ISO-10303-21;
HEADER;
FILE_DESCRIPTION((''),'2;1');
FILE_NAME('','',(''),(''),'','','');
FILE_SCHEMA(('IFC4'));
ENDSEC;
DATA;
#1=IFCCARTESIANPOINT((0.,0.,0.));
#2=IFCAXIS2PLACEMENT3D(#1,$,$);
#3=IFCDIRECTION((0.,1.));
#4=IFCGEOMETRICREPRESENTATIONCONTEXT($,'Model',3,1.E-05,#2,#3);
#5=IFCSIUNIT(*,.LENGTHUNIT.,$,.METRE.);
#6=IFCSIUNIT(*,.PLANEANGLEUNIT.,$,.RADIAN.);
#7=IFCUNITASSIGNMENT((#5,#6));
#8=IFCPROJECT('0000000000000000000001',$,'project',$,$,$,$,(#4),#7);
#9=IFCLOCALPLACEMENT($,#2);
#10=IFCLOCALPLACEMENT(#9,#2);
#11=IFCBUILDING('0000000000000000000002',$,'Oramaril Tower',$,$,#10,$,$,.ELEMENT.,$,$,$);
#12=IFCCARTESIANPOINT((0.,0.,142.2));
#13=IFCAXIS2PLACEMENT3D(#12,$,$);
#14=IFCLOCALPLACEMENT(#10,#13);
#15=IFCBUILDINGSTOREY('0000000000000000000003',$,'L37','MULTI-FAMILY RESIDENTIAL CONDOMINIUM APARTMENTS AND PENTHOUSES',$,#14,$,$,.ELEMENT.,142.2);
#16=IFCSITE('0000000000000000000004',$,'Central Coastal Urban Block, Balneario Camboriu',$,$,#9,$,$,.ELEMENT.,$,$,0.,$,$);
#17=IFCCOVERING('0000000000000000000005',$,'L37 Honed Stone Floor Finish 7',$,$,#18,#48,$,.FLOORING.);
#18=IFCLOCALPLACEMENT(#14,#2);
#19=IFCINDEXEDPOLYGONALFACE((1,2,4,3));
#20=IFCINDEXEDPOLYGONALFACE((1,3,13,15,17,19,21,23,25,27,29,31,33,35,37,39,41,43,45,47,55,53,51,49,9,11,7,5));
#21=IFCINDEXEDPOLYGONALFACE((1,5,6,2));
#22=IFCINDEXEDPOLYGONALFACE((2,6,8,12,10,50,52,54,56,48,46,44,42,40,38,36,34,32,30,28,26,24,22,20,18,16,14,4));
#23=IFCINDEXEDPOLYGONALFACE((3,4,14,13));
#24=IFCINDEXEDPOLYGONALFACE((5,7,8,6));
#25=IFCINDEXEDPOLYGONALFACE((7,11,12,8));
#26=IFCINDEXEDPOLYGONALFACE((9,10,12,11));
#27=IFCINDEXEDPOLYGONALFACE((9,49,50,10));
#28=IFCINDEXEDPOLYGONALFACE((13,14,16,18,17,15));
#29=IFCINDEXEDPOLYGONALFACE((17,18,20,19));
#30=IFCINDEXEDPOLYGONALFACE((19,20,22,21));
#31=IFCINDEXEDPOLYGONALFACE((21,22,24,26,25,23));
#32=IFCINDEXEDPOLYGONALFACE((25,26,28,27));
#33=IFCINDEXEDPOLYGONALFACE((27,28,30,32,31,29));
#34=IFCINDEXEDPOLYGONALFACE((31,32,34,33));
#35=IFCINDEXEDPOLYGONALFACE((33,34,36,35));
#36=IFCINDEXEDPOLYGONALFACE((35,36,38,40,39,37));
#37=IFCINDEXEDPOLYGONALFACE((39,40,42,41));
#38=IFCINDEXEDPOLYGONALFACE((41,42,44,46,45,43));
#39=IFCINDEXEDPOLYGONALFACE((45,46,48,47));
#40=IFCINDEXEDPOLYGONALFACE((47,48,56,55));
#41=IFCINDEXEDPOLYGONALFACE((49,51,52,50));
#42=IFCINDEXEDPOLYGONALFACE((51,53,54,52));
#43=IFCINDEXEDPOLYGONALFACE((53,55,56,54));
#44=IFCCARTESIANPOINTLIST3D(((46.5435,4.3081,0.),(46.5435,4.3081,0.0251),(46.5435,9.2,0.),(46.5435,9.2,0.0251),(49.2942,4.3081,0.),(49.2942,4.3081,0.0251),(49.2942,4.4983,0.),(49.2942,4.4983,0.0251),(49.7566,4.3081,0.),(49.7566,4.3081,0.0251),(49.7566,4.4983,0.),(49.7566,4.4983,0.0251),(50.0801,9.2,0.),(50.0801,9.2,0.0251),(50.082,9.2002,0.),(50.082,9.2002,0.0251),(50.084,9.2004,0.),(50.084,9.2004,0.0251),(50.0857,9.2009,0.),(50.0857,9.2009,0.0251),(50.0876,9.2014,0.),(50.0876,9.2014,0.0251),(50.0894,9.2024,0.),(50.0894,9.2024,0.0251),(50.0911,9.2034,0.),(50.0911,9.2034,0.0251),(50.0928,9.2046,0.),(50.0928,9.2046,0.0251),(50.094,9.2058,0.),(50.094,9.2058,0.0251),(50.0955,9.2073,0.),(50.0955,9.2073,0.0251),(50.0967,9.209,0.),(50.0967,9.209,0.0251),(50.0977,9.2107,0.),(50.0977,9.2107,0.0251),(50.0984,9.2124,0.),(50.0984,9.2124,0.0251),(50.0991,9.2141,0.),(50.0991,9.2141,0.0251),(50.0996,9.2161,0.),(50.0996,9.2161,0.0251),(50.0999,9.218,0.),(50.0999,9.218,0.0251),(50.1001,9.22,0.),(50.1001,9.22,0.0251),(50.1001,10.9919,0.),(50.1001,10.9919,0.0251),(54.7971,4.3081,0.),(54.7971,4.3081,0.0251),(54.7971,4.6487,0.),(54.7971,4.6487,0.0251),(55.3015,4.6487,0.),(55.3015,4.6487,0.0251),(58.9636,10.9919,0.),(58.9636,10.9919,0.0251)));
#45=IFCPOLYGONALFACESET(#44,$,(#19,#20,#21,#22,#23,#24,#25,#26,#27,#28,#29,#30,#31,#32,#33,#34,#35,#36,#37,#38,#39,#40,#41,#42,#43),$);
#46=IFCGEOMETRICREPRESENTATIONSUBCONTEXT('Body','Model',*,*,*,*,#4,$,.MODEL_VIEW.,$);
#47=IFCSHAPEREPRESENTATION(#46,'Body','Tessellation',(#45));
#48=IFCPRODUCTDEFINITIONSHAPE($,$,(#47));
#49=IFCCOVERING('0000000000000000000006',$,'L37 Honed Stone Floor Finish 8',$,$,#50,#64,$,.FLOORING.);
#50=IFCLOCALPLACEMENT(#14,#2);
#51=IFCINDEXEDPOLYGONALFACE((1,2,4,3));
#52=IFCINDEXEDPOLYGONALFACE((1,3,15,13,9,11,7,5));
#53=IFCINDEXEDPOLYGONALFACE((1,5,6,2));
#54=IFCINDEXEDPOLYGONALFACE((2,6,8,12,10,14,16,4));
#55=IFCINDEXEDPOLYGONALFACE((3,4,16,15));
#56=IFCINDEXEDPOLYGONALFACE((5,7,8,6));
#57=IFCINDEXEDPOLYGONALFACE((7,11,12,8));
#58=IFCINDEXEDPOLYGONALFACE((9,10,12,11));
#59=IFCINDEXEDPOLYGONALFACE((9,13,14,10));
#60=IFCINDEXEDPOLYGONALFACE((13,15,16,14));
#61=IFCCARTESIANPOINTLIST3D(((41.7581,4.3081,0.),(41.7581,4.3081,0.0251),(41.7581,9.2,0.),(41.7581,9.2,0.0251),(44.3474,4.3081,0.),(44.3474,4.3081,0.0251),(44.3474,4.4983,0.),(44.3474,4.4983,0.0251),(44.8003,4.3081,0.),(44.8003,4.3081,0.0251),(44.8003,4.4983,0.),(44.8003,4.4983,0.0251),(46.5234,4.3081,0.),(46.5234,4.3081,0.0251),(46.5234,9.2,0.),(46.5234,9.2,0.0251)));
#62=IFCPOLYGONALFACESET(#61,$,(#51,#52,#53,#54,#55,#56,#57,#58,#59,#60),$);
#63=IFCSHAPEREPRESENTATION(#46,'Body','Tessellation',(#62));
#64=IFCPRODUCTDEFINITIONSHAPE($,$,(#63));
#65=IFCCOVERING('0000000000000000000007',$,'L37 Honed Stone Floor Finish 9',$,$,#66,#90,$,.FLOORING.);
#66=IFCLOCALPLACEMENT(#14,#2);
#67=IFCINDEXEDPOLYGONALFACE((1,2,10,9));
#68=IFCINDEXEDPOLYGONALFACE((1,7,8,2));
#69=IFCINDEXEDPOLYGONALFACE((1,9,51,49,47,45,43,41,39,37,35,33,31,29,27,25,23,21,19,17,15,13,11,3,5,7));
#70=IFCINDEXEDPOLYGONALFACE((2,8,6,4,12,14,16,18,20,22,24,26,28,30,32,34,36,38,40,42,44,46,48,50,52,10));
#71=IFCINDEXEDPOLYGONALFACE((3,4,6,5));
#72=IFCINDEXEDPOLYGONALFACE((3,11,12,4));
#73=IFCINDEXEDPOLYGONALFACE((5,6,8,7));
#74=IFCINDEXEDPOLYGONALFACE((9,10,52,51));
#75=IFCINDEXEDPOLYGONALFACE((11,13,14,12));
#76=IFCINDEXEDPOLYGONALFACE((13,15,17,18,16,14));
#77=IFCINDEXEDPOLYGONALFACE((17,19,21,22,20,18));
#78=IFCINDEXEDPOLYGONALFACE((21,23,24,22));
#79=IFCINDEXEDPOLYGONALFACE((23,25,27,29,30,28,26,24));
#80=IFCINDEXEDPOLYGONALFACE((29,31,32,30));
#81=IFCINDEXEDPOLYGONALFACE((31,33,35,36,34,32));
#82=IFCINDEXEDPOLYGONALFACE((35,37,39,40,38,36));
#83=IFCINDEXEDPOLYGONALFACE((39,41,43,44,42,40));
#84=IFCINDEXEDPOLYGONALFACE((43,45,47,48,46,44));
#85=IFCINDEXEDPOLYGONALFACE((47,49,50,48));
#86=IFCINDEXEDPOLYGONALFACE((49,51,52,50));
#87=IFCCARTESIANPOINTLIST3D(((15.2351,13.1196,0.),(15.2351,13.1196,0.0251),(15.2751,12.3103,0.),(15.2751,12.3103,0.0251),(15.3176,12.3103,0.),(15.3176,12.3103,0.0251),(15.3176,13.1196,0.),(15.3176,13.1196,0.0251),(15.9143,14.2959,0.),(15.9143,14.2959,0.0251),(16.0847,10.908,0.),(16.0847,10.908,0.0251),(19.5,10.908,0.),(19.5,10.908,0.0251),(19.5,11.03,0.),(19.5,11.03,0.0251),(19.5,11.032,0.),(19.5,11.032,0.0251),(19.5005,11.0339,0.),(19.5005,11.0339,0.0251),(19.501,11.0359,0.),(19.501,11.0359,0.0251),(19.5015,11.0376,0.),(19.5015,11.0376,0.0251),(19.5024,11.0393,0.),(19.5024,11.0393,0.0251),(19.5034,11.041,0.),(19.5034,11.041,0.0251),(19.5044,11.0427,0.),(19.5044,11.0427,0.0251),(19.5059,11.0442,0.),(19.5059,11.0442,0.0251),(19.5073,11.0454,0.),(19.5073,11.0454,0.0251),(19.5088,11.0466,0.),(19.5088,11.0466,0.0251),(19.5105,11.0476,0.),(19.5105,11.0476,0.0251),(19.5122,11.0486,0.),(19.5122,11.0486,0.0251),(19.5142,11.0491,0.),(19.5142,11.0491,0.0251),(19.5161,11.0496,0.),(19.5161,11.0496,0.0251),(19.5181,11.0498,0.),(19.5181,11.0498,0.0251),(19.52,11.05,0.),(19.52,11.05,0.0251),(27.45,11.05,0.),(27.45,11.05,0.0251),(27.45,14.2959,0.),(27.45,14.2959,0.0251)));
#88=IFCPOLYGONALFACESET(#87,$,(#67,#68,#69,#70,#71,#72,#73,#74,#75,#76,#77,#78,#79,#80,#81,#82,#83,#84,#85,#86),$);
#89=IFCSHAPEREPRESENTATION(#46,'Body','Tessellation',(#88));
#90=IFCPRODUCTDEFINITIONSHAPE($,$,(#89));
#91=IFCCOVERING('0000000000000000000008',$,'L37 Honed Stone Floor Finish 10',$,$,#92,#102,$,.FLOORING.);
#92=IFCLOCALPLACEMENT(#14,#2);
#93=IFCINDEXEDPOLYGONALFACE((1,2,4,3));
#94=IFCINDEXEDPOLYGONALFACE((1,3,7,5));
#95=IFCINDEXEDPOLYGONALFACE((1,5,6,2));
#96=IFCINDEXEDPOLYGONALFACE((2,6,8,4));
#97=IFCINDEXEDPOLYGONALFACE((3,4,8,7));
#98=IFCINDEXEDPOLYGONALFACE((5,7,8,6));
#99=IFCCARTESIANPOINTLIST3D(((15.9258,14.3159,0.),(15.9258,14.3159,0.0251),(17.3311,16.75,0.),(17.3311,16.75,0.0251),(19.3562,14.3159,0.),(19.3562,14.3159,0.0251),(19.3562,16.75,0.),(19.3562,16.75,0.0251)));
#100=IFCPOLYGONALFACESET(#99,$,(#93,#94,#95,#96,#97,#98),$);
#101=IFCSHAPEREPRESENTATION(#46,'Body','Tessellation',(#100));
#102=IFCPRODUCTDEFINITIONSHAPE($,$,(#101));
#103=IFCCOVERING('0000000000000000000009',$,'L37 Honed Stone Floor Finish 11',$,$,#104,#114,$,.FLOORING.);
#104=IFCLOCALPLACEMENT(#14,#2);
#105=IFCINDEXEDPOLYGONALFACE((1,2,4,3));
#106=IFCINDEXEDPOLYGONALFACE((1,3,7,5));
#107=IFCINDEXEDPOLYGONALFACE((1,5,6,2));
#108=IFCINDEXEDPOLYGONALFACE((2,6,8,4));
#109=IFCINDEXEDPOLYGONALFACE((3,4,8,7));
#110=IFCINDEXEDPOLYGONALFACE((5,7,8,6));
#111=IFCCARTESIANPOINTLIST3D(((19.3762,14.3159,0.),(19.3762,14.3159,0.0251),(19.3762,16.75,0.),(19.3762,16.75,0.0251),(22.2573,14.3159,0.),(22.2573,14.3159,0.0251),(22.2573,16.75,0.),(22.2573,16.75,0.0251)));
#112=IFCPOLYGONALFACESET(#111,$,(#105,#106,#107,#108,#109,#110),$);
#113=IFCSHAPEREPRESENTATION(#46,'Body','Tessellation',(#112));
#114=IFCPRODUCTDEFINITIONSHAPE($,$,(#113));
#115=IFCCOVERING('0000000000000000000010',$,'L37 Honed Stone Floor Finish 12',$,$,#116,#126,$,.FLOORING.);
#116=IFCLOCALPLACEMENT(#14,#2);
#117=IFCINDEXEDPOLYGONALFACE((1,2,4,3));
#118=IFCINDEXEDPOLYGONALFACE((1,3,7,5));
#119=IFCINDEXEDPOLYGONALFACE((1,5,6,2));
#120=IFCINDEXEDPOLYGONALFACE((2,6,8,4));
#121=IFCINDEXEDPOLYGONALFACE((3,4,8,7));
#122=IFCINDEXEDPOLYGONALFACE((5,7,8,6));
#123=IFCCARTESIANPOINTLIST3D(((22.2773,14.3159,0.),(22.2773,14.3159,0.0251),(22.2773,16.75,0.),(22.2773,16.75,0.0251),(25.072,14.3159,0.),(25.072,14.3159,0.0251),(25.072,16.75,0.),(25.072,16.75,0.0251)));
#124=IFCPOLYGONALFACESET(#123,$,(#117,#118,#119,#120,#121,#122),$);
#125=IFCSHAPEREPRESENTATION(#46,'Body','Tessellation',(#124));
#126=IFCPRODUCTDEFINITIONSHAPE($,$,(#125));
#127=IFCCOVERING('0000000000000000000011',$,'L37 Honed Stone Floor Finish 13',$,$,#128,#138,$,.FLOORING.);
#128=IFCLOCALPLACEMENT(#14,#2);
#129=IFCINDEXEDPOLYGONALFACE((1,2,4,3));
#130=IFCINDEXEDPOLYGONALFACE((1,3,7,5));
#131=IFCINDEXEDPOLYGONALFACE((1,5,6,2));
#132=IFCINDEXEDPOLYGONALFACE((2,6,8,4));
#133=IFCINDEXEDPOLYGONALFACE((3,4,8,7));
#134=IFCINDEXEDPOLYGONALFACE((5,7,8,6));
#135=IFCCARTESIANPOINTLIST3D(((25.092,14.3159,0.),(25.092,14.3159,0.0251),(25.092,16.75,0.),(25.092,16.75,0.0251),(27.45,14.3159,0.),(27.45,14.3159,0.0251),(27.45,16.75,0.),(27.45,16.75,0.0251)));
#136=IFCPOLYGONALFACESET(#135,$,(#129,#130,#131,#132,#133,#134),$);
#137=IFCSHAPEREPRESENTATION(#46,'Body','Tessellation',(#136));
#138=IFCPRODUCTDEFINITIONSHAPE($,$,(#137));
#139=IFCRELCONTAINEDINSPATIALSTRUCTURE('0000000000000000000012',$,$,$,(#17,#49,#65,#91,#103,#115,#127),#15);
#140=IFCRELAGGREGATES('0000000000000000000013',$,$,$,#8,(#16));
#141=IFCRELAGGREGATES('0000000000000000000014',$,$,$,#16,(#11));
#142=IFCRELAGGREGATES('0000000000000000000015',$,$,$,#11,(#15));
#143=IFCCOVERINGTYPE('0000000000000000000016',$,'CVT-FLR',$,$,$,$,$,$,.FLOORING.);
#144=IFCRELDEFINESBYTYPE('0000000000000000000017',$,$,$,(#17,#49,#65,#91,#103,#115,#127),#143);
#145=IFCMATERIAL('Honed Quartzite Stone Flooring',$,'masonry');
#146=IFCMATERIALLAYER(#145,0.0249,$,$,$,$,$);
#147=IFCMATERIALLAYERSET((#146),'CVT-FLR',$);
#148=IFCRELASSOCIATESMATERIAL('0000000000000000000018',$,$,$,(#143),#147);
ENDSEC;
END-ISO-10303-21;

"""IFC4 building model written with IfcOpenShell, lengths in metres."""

from ifc_helpers import new_model, si_unit, direction, frame, origin, place, context, subcontext, project, spatial, polyline, outline, extrude, material, layer, layer_set, type_object, element, save


model = new_model("IFC4")

# Units and contexts
model_context = context("Model", 3, precision=1e-05, world=origin(), true_north=direction((0.0, 1.0)))
body_context = subcontext(model_context, "Body", "Model", "MODEL_VIEW")
ifc_project = project(units=[si_unit("LENGTHUNIT", "METRE"), si_unit("PLANEANGLEUNIT", "RADIAN")], contexts=[model_context])

# Site, building, storey
site_placement = place(None, origin())
site = spatial("IfcSite", under=ifc_project, at=site_placement, Name="Central Coastal Urban Block, Balneario Camboriu", CompositionType="ELEMENT", RefElevation=0.0)
building_placement = place(site_placement, origin())
building = spatial("IfcBuilding", under=site, at=building_placement, Name="Oramaril Tower", CompositionType="ELEMENT")
storey_placement = place(building_placement, frame((0.0, 0.0, 142.2)))
storey = spatial("IfcBuildingStorey", under=building, at=storey_placement, Name="L37", Description="MULTI-FAMILY RESIDENTIAL CONDOMINIUM APARTMENTS AND PENTHOUSES", CompositionType="ELEMENT", Elevation=142.2)

# Coverings
ifc_material_1 = material(Name="Honed Quartzite Stone Flooring", Category="masonry")
ifc_layer_1 = layer(ifc_material_1, 0.0249)
ifc_layer_set_1 = layer_set([ifc_layer_1], Name="CVT-FLR")
covering_type_1 = type_object("IfcCoveringType", Name="CVT-FLR", PredefinedType="FLOORING", material=ifc_layer_set_1)
covering_1_placement = place(storey_placement, origin())
element("IfcCovering", 1, at=covering_1_placement, inside=storey, type_object=covering_type_1, Name="L37 Honed Stone Floor Finish 7", PredefinedType="FLOORING", context=body_context, shape_type="SweptSolid", body=[
    extrude(outline(polyline([(58.9636, 10.9919), (55.3015, 4.6487), (54.7971, 4.6487), (54.7971, 4.3081), (49.7566, 4.3081), (49.7566, 4.4983), (49.2942, 4.4983), (49.2942, 4.3081), (46.5435, 4.3081), (46.5435, 9.2), (50.0801, 9.2), (50.082, 9.2002), (50.084, 9.2004), (50.0857, 9.2009), (50.0876, 9.2014), (50.0894, 9.2024), (50.0911, 9.2034), (50.0928, 9.2046), (50.094, 9.2058), (50.0955, 9.2073), (50.0967, 9.209), (50.0977, 9.2107), (50.0984, 9.2124), (50.0991, 9.2141), (50.0996, 9.2161), (50.0999, 9.218), (50.1001, 9.22), (50.1001, 10.9919), (58.9636, 10.9919)])), origin(), (0.0, 0.0, 1.0), 0.0251),
])
covering_2_placement = place(storey_placement, origin())
element("IfcCovering", 2, at=covering_2_placement, inside=storey, type_object=covering_type_1, Name="L37 Honed Stone Floor Finish 8", PredefinedType="FLOORING", context=body_context, shape_type="SweptSolid", body=[
    extrude(outline(polyline([(44.8003, 4.3081), (44.8003, 4.4983), (44.3474, 4.4983), (44.3474, 4.3081), (41.7581, 4.3081), (41.7581, 9.2), (46.5234, 9.2), (46.5234, 4.3081), (44.8003, 4.3081)])), origin(), (0.0, 0.0, 1.0), 0.0251),
])
covering_3_placement = place(storey_placement, origin())
element("IfcCovering", 3, at=covering_3_placement, inside=storey, type_object=covering_type_1, Name="L37 Honed Stone Floor Finish 9", PredefinedType="FLOORING", context=body_context, shape_type="SweptSolid", body=[
    extrude(outline(polyline([(16.0847, 10.908), (15.2751, 12.3103), (15.3176, 12.3103), (15.3176, 13.1196), (15.2351, 13.1196), (15.9143, 14.2959), (27.45, 14.2959), (27.45, 11.05), (19.52, 11.05), (19.5181, 11.0498), (19.5161, 11.0496), (19.5142, 11.0491), (19.5122, 11.0486), (19.5105, 11.0476), (19.5088, 11.0466), (19.5073, 11.0454), (19.5059, 11.0442), (19.5044, 11.0427), (19.5034, 11.041), (19.5024, 11.0393), (19.5015, 11.0376), (19.501, 11.0359), (19.5005, 11.0339), (19.5, 11.032), (19.5, 11.03), (19.5, 10.908), (16.0847, 10.908)])), origin(), (0.0, 0.0, 1.0), 0.0251),
])
covering_4_placement = place(storey_placement, origin())
element("IfcCovering", 4, at=covering_4_placement, inside=storey, type_object=covering_type_1, Name="L37 Honed Stone Floor Finish 10", PredefinedType="FLOORING", context=body_context, shape_type="SweptSolid", body=[
    extrude(outline(polyline([(17.3311, 16.75), (19.3562, 16.75), (19.3562, 14.3159), (15.9258, 14.3159), (17.3311, 16.75)])), origin(), (0.0, 0.0, 1.0), 0.0251),
])
covering_5_placement = place(storey_placement, origin())
element("IfcCovering", 5, at=covering_5_placement, inside=storey, type_object=covering_type_1, Name="L37 Honed Stone Floor Finish 11", PredefinedType="FLOORING", context=body_context, shape_type="SweptSolid", body=[
    extrude(outline(polyline([(22.2573, 14.3159), (19.3762, 14.3159), (19.3762, 16.75), (22.2573, 16.75), (22.2573, 14.3159)])), origin(), (0.0, 0.0, 1.0), 0.0251),
])
covering_6_placement = place(storey_placement, origin())
element("IfcCovering", 6, at=covering_6_placement, inside=storey, type_object=covering_type_1, Name="L37 Honed Stone Floor Finish 12", PredefinedType="FLOORING", context=body_context, shape_type="SweptSolid", body=[
    extrude(outline(polyline([(25.072, 14.3159), (22.2773, 14.3159), (22.2773, 16.75), (25.072, 16.75), (25.072, 14.3159)])), origin(), (0.0, 0.0, 1.0), 0.0251),
])
covering_7_placement = place(storey_placement, origin())
element("IfcCovering", 7, at=covering_7_placement, inside=storey, type_object=covering_type_1, Name="L37 Honed Stone Floor Finish 13", PredefinedType="FLOORING", context=body_context, shape_type="SweptSolid", body=[
    extrude(outline(polyline([(25.092, 16.75), (27.45, 16.75), (27.45, 14.3159), (25.092, 14.3159), (25.092, 16.75)])), origin(), (0.0, 0.0, 1.0), 0.0251),
])

save(model, "model.ifc")
